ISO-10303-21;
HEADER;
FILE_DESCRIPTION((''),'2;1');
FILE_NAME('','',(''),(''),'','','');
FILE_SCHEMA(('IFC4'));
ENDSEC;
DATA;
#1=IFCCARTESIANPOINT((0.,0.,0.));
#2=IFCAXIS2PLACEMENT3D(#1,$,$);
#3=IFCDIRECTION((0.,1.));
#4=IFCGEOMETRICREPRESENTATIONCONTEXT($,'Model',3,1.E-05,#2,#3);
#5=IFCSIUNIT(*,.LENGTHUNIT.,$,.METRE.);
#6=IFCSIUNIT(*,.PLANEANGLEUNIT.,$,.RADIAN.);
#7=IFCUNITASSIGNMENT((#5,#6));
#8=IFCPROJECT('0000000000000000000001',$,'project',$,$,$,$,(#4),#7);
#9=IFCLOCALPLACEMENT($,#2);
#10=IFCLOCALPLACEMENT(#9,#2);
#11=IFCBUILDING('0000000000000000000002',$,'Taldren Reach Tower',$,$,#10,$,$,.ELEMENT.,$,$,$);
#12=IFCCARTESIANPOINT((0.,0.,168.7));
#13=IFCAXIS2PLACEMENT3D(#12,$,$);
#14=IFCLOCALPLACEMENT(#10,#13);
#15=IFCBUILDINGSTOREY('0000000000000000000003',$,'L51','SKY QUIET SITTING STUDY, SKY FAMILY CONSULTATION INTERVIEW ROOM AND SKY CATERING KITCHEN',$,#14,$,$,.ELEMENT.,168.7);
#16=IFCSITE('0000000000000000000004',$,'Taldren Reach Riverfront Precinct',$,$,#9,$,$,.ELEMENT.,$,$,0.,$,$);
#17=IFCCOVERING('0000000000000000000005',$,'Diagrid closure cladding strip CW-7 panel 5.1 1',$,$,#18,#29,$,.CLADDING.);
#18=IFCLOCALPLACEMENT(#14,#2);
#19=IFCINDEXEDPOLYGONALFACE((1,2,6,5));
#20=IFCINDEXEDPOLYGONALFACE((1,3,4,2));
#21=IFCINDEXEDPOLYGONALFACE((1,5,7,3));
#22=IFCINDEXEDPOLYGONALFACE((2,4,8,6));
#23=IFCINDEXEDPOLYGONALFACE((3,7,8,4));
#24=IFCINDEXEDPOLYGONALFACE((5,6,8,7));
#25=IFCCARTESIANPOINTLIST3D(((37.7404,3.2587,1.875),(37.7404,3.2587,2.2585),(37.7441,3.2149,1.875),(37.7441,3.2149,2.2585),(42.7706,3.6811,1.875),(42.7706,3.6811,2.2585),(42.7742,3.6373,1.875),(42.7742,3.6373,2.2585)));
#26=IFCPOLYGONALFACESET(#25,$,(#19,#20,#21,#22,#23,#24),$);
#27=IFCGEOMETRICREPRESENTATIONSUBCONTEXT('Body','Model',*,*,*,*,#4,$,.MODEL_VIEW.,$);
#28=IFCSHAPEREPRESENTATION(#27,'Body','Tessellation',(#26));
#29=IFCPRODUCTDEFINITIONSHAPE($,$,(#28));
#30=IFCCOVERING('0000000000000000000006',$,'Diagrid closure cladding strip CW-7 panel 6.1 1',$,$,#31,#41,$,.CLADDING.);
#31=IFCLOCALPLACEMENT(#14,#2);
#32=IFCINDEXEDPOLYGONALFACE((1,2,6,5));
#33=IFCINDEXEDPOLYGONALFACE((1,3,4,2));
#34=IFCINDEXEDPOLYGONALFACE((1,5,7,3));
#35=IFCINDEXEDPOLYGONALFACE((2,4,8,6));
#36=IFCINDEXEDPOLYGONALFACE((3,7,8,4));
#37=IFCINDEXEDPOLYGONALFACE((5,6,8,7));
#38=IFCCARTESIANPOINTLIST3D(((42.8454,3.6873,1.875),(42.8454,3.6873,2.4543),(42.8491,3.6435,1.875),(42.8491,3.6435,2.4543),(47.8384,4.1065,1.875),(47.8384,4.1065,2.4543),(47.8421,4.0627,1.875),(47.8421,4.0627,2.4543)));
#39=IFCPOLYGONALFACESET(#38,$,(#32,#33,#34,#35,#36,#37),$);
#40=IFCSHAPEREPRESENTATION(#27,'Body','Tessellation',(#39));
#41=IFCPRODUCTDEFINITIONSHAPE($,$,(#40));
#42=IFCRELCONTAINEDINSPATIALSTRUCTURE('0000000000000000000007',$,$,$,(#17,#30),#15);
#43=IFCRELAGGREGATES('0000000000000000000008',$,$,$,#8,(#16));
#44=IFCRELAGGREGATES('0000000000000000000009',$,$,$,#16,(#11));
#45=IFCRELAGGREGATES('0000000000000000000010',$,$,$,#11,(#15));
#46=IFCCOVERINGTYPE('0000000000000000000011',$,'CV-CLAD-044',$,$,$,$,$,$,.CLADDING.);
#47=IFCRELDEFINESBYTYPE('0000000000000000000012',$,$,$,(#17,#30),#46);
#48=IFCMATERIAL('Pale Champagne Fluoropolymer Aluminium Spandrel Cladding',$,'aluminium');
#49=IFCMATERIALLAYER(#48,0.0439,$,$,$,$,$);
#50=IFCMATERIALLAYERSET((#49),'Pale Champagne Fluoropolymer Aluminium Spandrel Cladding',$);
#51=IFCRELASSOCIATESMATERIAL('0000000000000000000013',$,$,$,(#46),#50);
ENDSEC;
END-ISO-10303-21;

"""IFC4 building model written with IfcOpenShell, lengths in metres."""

from ifc_helpers import new_model, si_unit, direction, frame, origin, origin_2d, place, context, subcontext, project, spatial, rectangle, extrude, source, transform, mapped, material, layer, layer_set, type_object, element, save


model = new_model("IFC4")

# Units and contexts
model_context = context("Model", 3, precision=1e-05, world=origin(), true_north=direction((0.0, 1.0)))
body_context = subcontext(model_context, "Body", "Model", "MODEL_VIEW")
ifc_project = project(units=[si_unit("LENGTHUNIT", "METRE"), si_unit("PLANEANGLEUNIT", "RADIAN")], contexts=[model_context])

# Site, building, storey
site_placement = place(None, origin())
site = spatial("IfcSite", under=ifc_project, at=site_placement, Name="Taldren Reach Riverfront Precinct", CompositionType="ELEMENT", RefElevation=0.0)
building_placement = place(site_placement, origin())
building = spatial("IfcBuilding", under=site, at=building_placement, Name="Taldren Reach Tower", CompositionType="ELEMENT")
storey_placement = place(building_placement, frame((0.0, 0.0, 168.7)))
storey = spatial("IfcBuildingStorey", under=building, at=storey_placement, Name="L51", Description="SKY QUIET SITTING STUDY, SKY FAMILY CONSULTATION INTERVIEW ROOM AND SKY CATERING KITCHEN", CompositionType="ELEMENT", Elevation=168.7)

# Coverings
ifc_material_1 = material(Name="Pale Champagne Fluoropolymer Aluminium Spandrel Cladding", Category="aluminium")
ifc_layer_1 = layer(ifc_material_1, 0.0439)
ifc_layer_set_1 = layer_set([ifc_layer_1], Name="Pale Champagne Fluoropolymer Aluminium Spandrel Cladding")
covering_type = type_object("IfcCoveringType", Name="CV-CLAD-044", PredefinedType="CLADDING", material=ifc_layer_set_1)
shared_shape_1 = source(origin(), body_context, "Body", "SweptSolid", [
    extrude(rectangle(XDim=5.0479, YDim=0.0439, at=origin_2d()), origin(), (0.0, 0.0, 1.0), 0.3835),
])
covering_1_placement = place(storey_placement, frame((40.2573, 3.448, 1.875), z_axis=(0.0, 0.0, 1.0), x_axis=(0.996493, 0.083678, 0.0)))
element("IfcCovering", 1, at=covering_1_placement, inside=storey, type_object=covering_type, Name="Diagrid closure cladding strip CW-7 panel 5.1 1", PredefinedType="CLADDING", context=body_context, shape_type="MappedRepresentation", body=[
    mapped(shared_shape_1, transform((0.0, 0.0, 0.0), scale=1.0)),
])
shared_shape_2 = source(origin(), body_context, "Body", "SweptSolid", [
    extrude(rectangle(XDim=5.0105, YDim=0.0439, at=origin_2d()), origin(), (0.0, 0.0, 1.0), 0.5793),
])
covering_2_placement = place(storey_placement, frame((45.3438, 3.875, 1.875), z_axis=(0.0, 0.0, 1.0), x_axis=(0.996493, 0.083678, 0.0)))
element("IfcCovering", 2, at=covering_2_placement, inside=storey, type_object=covering_type, Name="Diagrid closure cladding strip CW-7 panel 6.1 1", PredefinedType="CLADDING", context=body_context, shape_type="MappedRepresentation", body=[
    mapped(shared_shape_2, transform((0.0, 0.0, 0.0), scale=1.0)),
])

save(model, "model.ifc")
